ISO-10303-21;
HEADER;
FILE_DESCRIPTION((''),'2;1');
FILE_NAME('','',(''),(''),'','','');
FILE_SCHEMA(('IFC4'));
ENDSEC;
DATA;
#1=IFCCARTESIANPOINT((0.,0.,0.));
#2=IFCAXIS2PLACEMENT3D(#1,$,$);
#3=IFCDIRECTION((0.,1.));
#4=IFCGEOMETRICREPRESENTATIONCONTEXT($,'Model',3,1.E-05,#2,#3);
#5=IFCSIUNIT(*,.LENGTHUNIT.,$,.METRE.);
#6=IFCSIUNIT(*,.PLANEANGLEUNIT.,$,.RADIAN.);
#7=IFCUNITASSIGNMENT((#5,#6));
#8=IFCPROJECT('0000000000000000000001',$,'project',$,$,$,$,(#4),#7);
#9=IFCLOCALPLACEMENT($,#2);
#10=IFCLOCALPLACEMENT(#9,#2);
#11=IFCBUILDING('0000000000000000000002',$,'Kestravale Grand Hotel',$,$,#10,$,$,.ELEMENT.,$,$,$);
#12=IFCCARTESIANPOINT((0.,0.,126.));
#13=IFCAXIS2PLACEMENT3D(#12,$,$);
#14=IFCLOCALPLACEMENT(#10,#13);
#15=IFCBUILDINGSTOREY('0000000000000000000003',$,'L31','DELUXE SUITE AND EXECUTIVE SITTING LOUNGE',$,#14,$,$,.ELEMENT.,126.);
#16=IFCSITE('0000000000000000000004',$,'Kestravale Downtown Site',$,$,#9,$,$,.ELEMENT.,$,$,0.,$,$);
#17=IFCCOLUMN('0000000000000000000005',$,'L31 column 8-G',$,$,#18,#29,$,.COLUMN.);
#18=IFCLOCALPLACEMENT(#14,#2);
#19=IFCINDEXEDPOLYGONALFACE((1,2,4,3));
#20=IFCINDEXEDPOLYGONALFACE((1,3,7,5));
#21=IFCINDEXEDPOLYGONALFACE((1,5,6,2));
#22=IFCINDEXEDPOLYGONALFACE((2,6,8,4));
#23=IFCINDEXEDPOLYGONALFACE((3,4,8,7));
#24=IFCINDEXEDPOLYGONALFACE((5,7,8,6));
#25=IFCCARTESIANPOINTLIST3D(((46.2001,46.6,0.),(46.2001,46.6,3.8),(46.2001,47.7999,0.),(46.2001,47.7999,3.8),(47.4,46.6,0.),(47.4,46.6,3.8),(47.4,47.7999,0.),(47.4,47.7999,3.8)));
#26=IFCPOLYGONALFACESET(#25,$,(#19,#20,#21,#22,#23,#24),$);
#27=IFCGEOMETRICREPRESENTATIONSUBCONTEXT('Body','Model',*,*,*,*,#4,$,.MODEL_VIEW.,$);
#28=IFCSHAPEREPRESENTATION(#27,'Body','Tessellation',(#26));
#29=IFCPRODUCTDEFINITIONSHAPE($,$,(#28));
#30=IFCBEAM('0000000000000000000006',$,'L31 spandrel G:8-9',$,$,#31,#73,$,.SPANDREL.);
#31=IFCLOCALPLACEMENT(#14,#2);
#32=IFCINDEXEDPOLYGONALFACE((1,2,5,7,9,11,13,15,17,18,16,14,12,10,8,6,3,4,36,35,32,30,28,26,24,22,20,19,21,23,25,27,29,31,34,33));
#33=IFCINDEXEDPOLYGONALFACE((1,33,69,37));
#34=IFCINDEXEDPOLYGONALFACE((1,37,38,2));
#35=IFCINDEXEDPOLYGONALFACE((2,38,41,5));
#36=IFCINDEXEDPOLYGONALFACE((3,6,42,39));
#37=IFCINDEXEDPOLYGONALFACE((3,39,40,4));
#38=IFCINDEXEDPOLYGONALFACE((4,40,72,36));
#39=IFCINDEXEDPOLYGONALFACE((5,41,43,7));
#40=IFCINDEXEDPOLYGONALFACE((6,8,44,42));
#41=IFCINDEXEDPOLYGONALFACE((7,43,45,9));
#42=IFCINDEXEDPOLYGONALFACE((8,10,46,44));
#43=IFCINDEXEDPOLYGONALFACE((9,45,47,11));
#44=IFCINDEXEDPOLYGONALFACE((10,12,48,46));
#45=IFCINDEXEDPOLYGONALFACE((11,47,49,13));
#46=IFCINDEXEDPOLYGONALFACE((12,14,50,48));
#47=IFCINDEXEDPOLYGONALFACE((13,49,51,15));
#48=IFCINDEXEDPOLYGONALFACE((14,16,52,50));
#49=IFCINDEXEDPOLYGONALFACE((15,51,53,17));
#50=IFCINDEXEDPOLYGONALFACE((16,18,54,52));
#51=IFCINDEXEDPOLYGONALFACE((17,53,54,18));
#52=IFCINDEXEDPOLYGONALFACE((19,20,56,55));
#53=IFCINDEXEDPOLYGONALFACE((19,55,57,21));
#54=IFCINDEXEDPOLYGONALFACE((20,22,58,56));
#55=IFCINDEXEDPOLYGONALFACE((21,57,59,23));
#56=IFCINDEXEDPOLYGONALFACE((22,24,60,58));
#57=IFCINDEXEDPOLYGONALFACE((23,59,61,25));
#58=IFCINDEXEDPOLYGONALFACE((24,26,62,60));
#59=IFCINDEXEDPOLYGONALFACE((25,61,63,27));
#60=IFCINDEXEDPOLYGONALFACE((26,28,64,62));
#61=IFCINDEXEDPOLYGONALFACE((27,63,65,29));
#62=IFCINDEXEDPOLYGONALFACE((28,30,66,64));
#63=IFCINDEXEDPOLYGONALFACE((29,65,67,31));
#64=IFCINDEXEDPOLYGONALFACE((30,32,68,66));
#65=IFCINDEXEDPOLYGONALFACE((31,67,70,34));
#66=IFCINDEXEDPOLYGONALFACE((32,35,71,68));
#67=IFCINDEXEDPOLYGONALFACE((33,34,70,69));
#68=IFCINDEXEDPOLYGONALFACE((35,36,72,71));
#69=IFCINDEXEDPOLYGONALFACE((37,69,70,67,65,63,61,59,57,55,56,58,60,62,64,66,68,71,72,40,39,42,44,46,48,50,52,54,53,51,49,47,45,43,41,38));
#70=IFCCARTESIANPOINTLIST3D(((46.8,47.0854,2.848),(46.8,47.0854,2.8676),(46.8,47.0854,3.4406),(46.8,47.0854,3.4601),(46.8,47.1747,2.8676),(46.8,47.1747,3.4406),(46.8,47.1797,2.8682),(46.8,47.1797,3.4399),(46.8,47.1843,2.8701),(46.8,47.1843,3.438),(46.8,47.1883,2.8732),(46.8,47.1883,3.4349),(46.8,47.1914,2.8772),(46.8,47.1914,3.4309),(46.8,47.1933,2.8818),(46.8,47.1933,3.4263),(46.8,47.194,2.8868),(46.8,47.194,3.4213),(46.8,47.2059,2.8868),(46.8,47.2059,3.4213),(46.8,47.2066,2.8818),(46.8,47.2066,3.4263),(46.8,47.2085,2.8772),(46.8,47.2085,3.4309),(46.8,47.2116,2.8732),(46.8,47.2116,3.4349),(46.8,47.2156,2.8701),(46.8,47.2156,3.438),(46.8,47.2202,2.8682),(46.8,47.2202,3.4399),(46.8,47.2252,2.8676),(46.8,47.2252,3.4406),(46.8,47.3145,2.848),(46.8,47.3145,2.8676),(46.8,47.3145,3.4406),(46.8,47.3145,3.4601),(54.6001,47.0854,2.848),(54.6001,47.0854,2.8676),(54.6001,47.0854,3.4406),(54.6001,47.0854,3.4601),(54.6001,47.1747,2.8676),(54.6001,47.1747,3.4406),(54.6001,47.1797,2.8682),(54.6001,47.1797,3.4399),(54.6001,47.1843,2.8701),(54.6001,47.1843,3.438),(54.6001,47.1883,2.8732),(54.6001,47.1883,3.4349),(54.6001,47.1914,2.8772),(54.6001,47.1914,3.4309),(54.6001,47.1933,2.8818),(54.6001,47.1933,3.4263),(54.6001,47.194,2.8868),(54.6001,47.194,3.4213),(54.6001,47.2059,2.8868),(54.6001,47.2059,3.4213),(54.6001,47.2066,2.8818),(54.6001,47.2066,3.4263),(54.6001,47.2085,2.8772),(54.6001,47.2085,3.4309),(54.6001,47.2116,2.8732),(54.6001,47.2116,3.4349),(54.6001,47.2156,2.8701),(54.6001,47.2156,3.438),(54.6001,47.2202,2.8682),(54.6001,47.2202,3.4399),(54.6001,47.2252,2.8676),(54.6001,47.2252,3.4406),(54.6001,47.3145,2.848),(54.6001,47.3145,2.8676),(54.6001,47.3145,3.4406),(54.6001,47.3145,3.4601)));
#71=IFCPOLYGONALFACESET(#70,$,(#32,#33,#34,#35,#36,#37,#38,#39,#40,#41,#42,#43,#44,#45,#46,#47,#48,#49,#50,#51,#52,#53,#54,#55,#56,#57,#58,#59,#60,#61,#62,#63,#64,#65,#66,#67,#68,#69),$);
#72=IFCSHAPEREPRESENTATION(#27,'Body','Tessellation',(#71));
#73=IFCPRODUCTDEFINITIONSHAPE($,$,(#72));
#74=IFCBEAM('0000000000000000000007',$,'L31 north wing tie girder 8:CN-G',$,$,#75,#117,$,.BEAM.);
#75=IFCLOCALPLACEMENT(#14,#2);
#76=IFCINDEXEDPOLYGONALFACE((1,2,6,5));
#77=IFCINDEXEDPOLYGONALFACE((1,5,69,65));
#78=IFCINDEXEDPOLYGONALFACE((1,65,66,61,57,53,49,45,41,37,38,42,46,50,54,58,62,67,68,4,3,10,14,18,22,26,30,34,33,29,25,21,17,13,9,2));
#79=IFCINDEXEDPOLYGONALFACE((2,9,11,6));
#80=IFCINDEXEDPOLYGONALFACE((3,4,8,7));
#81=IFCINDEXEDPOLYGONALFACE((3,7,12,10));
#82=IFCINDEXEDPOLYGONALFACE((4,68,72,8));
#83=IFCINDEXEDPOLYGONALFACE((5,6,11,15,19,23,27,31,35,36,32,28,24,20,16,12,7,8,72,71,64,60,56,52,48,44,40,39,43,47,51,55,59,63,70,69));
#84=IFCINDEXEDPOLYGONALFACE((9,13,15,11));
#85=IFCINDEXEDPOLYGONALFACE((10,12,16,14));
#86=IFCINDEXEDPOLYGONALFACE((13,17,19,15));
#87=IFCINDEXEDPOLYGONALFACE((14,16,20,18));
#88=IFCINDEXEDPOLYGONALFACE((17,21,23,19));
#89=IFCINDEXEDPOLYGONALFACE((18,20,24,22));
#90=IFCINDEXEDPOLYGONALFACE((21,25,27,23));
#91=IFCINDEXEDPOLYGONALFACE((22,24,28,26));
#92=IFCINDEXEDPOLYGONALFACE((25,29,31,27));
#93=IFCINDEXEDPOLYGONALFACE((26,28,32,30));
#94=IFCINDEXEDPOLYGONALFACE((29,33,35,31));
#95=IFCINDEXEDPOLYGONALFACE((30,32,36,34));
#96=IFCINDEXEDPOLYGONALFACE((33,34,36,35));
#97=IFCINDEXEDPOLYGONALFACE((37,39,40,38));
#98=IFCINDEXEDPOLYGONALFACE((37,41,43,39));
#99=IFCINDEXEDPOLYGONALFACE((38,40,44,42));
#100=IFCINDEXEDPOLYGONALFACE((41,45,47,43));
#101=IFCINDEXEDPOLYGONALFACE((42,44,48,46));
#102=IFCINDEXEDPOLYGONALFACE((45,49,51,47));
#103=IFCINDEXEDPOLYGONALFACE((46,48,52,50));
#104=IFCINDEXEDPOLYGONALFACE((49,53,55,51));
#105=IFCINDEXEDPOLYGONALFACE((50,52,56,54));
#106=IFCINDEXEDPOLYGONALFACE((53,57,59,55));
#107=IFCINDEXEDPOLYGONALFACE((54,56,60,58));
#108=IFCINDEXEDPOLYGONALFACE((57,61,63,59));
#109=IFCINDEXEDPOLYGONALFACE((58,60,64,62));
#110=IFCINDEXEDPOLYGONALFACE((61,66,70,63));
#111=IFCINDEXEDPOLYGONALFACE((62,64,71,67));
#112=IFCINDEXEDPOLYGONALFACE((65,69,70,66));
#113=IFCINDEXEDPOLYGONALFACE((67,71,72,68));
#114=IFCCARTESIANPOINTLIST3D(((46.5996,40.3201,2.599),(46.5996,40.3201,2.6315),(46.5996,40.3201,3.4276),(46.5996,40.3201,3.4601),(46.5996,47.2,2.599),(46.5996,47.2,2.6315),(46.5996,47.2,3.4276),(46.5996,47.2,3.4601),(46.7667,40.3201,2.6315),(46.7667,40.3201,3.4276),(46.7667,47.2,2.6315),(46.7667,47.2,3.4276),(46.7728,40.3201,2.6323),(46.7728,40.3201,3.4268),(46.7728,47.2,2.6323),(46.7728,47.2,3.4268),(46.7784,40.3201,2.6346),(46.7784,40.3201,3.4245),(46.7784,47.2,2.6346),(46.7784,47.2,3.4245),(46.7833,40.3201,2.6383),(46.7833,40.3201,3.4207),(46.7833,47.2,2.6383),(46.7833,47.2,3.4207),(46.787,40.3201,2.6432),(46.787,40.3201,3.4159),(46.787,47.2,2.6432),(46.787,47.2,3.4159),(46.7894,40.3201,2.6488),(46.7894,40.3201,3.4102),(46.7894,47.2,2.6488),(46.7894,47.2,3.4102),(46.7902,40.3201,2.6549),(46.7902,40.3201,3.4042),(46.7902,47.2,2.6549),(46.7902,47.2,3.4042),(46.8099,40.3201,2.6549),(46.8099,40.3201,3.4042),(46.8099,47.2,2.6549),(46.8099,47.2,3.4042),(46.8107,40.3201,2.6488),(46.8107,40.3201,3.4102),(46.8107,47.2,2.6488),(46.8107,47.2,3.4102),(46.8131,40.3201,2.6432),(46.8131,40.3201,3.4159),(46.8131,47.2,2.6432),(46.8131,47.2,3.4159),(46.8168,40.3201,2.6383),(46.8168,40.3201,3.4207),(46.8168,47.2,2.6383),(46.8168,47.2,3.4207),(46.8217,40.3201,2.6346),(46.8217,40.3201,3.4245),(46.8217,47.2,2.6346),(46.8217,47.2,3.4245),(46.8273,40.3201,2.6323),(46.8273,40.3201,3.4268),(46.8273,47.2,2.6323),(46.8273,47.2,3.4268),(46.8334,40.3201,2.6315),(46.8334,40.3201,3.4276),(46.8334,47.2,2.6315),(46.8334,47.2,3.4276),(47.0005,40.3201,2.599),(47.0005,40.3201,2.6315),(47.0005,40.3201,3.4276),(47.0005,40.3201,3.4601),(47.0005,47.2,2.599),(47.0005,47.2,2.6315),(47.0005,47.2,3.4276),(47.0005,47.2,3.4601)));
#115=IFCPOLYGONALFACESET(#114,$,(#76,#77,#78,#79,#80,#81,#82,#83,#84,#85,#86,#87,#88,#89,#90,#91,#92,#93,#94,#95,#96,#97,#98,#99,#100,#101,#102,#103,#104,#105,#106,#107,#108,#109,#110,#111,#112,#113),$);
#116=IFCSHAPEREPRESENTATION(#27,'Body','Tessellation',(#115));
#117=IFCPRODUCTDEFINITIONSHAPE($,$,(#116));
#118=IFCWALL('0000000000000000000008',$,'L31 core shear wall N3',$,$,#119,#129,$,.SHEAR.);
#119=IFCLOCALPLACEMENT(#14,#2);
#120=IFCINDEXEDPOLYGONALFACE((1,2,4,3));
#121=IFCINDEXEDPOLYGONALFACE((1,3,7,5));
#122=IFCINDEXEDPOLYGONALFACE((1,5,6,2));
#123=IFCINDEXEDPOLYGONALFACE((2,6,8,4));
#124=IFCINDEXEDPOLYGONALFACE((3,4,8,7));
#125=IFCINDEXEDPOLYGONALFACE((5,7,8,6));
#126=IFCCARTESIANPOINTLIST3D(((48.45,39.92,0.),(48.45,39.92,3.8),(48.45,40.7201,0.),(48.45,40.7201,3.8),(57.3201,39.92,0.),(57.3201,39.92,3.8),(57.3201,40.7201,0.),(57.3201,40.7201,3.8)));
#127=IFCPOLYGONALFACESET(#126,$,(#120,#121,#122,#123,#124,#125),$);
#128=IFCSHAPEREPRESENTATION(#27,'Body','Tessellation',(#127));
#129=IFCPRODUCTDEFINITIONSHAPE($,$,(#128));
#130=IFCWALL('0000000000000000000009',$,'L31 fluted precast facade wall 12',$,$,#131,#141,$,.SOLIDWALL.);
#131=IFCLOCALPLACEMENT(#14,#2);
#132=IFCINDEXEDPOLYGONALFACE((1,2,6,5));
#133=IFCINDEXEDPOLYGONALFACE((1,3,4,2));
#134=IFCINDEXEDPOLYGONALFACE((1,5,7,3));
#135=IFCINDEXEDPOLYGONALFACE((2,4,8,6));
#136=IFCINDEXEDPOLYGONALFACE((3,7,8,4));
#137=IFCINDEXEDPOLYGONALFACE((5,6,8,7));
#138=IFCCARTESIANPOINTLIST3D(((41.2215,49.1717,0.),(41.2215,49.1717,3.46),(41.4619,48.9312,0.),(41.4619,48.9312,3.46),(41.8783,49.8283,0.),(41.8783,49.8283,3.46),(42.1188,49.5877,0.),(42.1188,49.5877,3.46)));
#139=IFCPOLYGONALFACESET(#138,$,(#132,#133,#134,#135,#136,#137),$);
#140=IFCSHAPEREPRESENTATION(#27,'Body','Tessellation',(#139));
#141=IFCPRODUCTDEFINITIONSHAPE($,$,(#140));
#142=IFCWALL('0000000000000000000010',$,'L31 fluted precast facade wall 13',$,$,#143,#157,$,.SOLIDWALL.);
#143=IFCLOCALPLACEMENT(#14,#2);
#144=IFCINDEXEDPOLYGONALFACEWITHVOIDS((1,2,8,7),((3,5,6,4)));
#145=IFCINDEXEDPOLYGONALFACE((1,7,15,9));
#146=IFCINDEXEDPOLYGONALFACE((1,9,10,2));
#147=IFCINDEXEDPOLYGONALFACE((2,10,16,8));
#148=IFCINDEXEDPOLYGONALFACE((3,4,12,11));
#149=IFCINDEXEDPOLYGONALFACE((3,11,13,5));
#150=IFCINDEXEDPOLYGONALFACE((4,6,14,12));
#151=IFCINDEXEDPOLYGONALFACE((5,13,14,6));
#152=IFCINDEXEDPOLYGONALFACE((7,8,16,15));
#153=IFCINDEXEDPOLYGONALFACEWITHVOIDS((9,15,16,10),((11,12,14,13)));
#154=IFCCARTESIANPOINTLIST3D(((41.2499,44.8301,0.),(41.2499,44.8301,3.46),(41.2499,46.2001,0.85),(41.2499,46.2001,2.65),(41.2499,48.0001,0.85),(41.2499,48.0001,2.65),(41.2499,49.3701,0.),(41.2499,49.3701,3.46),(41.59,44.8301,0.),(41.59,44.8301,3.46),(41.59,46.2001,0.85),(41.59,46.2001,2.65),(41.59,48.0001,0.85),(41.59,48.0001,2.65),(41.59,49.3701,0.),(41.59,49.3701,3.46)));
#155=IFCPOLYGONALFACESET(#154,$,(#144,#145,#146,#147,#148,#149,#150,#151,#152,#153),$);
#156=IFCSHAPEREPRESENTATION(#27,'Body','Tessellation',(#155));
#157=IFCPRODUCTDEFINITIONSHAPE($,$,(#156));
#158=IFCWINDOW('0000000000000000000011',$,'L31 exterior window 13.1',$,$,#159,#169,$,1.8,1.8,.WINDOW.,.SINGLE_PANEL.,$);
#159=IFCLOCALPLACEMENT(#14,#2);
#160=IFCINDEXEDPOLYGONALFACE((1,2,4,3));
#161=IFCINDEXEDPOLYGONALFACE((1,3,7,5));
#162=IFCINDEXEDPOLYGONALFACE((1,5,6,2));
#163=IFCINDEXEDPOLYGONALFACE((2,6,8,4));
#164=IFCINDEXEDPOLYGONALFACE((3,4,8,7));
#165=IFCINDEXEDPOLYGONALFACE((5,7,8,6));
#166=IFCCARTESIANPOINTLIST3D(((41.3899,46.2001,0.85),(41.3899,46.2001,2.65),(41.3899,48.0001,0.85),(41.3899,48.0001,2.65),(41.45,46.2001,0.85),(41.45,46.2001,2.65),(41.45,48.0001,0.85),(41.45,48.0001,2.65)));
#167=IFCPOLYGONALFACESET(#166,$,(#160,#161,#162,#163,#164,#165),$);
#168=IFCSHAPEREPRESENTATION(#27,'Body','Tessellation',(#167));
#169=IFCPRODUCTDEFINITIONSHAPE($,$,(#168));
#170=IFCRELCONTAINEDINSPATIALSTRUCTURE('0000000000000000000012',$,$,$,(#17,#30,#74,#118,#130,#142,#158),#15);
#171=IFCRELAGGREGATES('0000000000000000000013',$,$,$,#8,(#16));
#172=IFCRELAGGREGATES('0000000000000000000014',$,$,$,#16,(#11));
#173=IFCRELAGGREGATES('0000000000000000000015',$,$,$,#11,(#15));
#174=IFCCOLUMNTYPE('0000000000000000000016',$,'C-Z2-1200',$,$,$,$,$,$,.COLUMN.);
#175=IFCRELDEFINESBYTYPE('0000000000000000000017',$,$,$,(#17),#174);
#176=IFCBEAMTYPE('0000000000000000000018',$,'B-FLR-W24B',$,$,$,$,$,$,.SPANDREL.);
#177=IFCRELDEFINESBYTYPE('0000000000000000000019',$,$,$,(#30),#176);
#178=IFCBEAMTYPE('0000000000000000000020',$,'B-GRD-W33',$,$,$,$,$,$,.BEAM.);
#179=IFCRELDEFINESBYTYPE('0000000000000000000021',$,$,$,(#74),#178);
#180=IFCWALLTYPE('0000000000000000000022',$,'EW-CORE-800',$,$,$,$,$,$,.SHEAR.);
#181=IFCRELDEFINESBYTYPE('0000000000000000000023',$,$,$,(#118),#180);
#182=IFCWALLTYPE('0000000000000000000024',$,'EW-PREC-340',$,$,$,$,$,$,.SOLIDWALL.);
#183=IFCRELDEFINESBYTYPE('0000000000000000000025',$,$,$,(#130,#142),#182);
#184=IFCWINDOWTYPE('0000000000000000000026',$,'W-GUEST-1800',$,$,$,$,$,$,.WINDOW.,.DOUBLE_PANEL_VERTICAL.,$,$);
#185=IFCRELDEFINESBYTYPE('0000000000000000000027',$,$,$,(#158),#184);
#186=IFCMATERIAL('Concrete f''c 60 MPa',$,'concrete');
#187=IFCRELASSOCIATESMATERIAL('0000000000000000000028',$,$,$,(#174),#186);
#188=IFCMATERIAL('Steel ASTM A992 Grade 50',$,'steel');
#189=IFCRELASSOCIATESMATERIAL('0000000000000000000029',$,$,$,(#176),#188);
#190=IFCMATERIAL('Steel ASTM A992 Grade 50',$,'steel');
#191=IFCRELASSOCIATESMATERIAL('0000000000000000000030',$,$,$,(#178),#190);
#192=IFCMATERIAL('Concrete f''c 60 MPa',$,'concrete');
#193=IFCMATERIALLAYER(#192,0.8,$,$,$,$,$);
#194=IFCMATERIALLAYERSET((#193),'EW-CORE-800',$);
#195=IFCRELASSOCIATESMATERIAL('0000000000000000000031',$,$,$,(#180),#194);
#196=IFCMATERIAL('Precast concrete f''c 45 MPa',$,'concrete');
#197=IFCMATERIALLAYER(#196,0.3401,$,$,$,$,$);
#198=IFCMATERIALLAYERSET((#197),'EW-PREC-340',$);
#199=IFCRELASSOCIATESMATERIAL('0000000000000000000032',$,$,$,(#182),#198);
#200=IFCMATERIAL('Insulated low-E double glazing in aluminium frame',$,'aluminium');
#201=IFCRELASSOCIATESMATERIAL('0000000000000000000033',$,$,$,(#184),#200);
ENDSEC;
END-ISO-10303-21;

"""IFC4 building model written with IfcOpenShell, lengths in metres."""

from ifc_helpers import new_model, si_unit, direction, frame, frame_2d, origin, origin_2d, place, context, subcontext, project, spatial, rectangle, i_section, extrude, material, layer, layer_set, material_profile, profile_set, type_object, element, fill, save


model = new_model("IFC4")

# Units and contexts
model_context = context("Model", 3, precision=1e-05, world=origin(), true_north=direction((0.0, 1.0)))
body_context = subcontext(model_context, "Body", "Model", "MODEL_VIEW")
ifc_project = project(units=[si_unit("LENGTHUNIT", "METRE"), si_unit("PLANEANGLEUNIT", "RADIAN")], contexts=[model_context])

# Site, building, storey
site_placement = place(None, origin())
site = spatial("IfcSite", under=ifc_project, at=site_placement, Name="Kestravale Downtown Site", CompositionType="ELEMENT", RefElevation=0.0)
building_placement = place(site_placement, origin())
building = spatial("IfcBuilding", under=site, at=building_placement, Name="Kestravale Grand Hotel", CompositionType="ELEMENT")
storey_placement = place(building_placement, frame((0.0, 0.0, 126.0)))
storey = spatial("IfcBuildingStorey", under=building, at=storey_placement, Name="L31", Description="DELUXE SUITE AND EXECUTIVE SITTING LOUNGE", CompositionType="ELEMENT", Elevation=126.0)

# Column
ifc_material_1 = material(Name="Concrete f'c 60 MPa", Category="concrete")
ifc_material_profile_1 = material_profile(ifc_material_1, rectangle(XDim=1.2, YDim=1.2, at=origin_2d()))
ifc_profile_set_1 = profile_set([ifc_material_profile_1], Name="Concrete f'c 60 MPa")
column_type = type_object("IfcColumnType", Name="C-Z2-1200", PredefinedType="COLUMN", material=ifc_profile_set_1)
column_placement = place(storey_placement, frame((46.8, 47.2, 0.0), z_axis=(0.0, 0.0, 1.0), x_axis=(1.0, 0.0, 0.0)))
element("IfcColumn", 1, at=column_placement, inside=storey, type_object=column_type, Name="L31 column 8-G", PredefinedType="COLUMN", context=body_context, shape_type="SweptSolid", body=[
    extrude(rectangle(XDim=1.2, YDim=1.2, at=origin_2d()), origin(), (0.0, 0.0, 1.0), 3.8),
])

# Beams
ifc_material_2 = material(Name="Steel ASTM A992 Grade 50", Category="steel")
ifc_material_profile_2 = material_profile(ifc_material_2, i_section(OverallWidth=0.229, OverallDepth=0.6121, WebThickness=0.012, FlangeThickness=0.0195, FilletRadius=0.0193, at=origin_2d()))
ifc_profile_set_2 = profile_set([ifc_material_profile_2], Name="Steel ASTM A992 Grade 50")
beam_type_1 = type_object("IfcBeamType", Name="B-FLR-W24B", PredefinedType="SPANDREL", material=ifc_profile_set_2)
beam_1_placement = place(storey_placement, frame((46.8, 47.2, 3.1541), z_axis=(1.0, 0.0, 0.0), x_axis=(0.0, 1.0, 0.0)))
element("IfcBeam", 2, at=beam_1_placement, inside=storey, type_object=beam_type_1, Name="L31 spandrel G:8-9", PredefinedType="SPANDREL", context=body_context, shape_type="SweptSolid", body=[
    extrude(i_section(OverallWidth=0.229, OverallDepth=0.6121, WebThickness=0.012, FlangeThickness=0.0195, FilletRadius=0.0193, at=origin_2d()), origin(), (0.0, 0.0, 1.0), 7.8),
])
ifc_material_3 = material(Name="Steel ASTM A992 Grade 50", Category="steel")
ifc_material_profile_3 = material_profile(ifc_material_3, i_section(OverallWidth=0.4009, OverallDepth=0.8611, WebThickness=0.0198, FlangeThickness=0.0325, FilletRadius=0.0234, at=origin_2d()))
ifc_profile_set_3 = profile_set([ifc_material_profile_3], Name="Steel ASTM A992 Grade 50")
beam_type_2 = type_object("IfcBeamType", Name="B-GRD-W33", PredefinedType="BEAM", material=ifc_profile_set_3)
beam_2_placement = place(storey_placement, frame((46.8, 40.3201, 3.0295), z_axis=(0.0, 1.0, 0.0), x_axis=(-1.0, 0.0, 0.0)))
element("IfcBeam", 3, at=beam_2_placement, inside=storey, type_object=beam_type_2, Name="L31 north wing tie girder 8:CN-G", PredefinedType="BEAM", context=body_context, shape_type="SweptSolid", body=[
    extrude(i_section(OverallWidth=0.4009, OverallDepth=0.8611, WebThickness=0.0198, FlangeThickness=0.0325, FilletRadius=0.0234, at=origin_2d()), origin(), (0.0, 0.0, 1.0), 6.8799),
])

# Walls
ifc_material_4 = material(Name="Concrete f'c 60 MPa", Category="concrete")
ifc_layer_1 = layer(ifc_material_4, 0.8)
ifc_layer_set_1 = layer_set([ifc_layer_1], Name="EW-CORE-800")
wall_type_1 = type_object("IfcWallType", Name="EW-CORE-800", PredefinedType="SHEAR", material=ifc_layer_set_1)
wall_1_placement = place(storey_placement, frame((48.45, 40.3201, 0.0), z_axis=(0.0, 0.0, 1.0), x_axis=(1.0, 0.0, 0.0)))
element("IfcWall", 4, at=wall_1_placement, inside=storey, type_object=wall_type_1, Name="L31 core shear wall N3", PredefinedType="SHEAR", context=body_context, shape_type="SweptSolid", body=[
    extrude(rectangle(XDim=8.8701, YDim=0.8, at=frame_2d((4.4351, 0.0))), origin(), (0.0, 0.0, 1.0), 3.8),
])
ifc_material_5 = material(Name="Precast concrete f'c 45 MPa", Category="concrete")
ifc_layer_2 = layer(ifc_material_5, 0.3401)
ifc_layer_set_2 = layer_set([ifc_layer_2], Name="EW-PREC-340")
wall_type_2 = type_object("IfcWallType", Name="EW-PREC-340", PredefinedType="SOLIDWALL", material=ifc_layer_set_2)
wall_2_placement = place(storey_placement, frame((41.9985, 49.708, 0.0), z_axis=(0.0, 0.0, 1.0), x_axis=(-0.707238, -0.706975, 0.0)))
element("IfcWall", 5, at=wall_2_placement, inside=storey, type_object=wall_type_2, Name="L31 fluted precast facade wall 12", PredefinedType="SOLIDWALL", context=body_context, shape_type="SweptSolid", body=[
    extrude(rectangle(XDim=0.9287, YDim=0.3401, at=frame_2d((0.4644, 0.0))), origin(), (0.0, 0.0, 1.0), 3.46),
])

# Wall, opening, window
wall_3_placement = place(storey_placement, frame((41.4199, 49.3701, 0.0), z_axis=(0.0, 0.0, 1.0), x_axis=(0.0, -1.0, 0.0)))
wall_3 = element("IfcWall", 6, at=wall_3_placement, inside=storey, type_object=wall_type_2, Name="L31 fluted precast facade wall 13", PredefinedType="SOLIDWALL", context=body_context, shape_type="SweptSolid", body=[
    extrude(rectangle(XDim=4.54, YDim=0.3401, at=frame_2d((2.27, 0.0))), origin(), (0.0, 0.0, 1.0), 3.46),
])
opening_1_placement = place(wall_3_placement, frame((1.3701, 0.0, 0.8501)))
opening_1 = element("IfcOpeningElement", 7, at=opening_1_placement, cuts=wall_3, PredefinedType="OPENING", context=body_context, shape_type="SweptSolid", body=[
    extrude(rectangle(XDim=1.8, YDim=1.8, at=frame_2d((0.8999, 0.8999))), frame((0.0, 0.1799, 0.0), z_axis=(0.0, -1.0, 0.0), x_axis=(1.0, 0.0, 0.0)), (0.0, 0.0, 1.0), 0.3601),
])
ifc_material_6 = material(Name="Insulated low-E double glazing in aluminium frame", Category="aluminium")
window_type = type_object("IfcWindowType", Name="W-GUEST-1800", PartitioningType="DOUBLE_PANEL_VERTICAL", PredefinedType="WINDOW", material=ifc_material_6)
window_1_placement = place(opening_1_placement, origin())
window_1 = element("IfcWindow", 8, at=window_1_placement, inside=storey, type_object=window_type, Name="L31 exterior window 13.1", OverallHeight=1.8, OverallWidth=1.8, PartitioningType="SINGLE_PANEL", PredefinedType="WINDOW", context=body_context, shape_type="SweptSolid", body=[
    extrude(rectangle(XDim=1.8, YDim=1.8, at=frame_2d((0.8999, 0.8999))), frame((0.0, 0.03, 0.0), z_axis=(0.0, -1.0, 0.0), x_axis=(1.0, 0.0, 0.0)), (0.0, 0.0, 1.0), 0.0601),
])
fill(opening_1, window_1)

save(model, "model.ifc")
